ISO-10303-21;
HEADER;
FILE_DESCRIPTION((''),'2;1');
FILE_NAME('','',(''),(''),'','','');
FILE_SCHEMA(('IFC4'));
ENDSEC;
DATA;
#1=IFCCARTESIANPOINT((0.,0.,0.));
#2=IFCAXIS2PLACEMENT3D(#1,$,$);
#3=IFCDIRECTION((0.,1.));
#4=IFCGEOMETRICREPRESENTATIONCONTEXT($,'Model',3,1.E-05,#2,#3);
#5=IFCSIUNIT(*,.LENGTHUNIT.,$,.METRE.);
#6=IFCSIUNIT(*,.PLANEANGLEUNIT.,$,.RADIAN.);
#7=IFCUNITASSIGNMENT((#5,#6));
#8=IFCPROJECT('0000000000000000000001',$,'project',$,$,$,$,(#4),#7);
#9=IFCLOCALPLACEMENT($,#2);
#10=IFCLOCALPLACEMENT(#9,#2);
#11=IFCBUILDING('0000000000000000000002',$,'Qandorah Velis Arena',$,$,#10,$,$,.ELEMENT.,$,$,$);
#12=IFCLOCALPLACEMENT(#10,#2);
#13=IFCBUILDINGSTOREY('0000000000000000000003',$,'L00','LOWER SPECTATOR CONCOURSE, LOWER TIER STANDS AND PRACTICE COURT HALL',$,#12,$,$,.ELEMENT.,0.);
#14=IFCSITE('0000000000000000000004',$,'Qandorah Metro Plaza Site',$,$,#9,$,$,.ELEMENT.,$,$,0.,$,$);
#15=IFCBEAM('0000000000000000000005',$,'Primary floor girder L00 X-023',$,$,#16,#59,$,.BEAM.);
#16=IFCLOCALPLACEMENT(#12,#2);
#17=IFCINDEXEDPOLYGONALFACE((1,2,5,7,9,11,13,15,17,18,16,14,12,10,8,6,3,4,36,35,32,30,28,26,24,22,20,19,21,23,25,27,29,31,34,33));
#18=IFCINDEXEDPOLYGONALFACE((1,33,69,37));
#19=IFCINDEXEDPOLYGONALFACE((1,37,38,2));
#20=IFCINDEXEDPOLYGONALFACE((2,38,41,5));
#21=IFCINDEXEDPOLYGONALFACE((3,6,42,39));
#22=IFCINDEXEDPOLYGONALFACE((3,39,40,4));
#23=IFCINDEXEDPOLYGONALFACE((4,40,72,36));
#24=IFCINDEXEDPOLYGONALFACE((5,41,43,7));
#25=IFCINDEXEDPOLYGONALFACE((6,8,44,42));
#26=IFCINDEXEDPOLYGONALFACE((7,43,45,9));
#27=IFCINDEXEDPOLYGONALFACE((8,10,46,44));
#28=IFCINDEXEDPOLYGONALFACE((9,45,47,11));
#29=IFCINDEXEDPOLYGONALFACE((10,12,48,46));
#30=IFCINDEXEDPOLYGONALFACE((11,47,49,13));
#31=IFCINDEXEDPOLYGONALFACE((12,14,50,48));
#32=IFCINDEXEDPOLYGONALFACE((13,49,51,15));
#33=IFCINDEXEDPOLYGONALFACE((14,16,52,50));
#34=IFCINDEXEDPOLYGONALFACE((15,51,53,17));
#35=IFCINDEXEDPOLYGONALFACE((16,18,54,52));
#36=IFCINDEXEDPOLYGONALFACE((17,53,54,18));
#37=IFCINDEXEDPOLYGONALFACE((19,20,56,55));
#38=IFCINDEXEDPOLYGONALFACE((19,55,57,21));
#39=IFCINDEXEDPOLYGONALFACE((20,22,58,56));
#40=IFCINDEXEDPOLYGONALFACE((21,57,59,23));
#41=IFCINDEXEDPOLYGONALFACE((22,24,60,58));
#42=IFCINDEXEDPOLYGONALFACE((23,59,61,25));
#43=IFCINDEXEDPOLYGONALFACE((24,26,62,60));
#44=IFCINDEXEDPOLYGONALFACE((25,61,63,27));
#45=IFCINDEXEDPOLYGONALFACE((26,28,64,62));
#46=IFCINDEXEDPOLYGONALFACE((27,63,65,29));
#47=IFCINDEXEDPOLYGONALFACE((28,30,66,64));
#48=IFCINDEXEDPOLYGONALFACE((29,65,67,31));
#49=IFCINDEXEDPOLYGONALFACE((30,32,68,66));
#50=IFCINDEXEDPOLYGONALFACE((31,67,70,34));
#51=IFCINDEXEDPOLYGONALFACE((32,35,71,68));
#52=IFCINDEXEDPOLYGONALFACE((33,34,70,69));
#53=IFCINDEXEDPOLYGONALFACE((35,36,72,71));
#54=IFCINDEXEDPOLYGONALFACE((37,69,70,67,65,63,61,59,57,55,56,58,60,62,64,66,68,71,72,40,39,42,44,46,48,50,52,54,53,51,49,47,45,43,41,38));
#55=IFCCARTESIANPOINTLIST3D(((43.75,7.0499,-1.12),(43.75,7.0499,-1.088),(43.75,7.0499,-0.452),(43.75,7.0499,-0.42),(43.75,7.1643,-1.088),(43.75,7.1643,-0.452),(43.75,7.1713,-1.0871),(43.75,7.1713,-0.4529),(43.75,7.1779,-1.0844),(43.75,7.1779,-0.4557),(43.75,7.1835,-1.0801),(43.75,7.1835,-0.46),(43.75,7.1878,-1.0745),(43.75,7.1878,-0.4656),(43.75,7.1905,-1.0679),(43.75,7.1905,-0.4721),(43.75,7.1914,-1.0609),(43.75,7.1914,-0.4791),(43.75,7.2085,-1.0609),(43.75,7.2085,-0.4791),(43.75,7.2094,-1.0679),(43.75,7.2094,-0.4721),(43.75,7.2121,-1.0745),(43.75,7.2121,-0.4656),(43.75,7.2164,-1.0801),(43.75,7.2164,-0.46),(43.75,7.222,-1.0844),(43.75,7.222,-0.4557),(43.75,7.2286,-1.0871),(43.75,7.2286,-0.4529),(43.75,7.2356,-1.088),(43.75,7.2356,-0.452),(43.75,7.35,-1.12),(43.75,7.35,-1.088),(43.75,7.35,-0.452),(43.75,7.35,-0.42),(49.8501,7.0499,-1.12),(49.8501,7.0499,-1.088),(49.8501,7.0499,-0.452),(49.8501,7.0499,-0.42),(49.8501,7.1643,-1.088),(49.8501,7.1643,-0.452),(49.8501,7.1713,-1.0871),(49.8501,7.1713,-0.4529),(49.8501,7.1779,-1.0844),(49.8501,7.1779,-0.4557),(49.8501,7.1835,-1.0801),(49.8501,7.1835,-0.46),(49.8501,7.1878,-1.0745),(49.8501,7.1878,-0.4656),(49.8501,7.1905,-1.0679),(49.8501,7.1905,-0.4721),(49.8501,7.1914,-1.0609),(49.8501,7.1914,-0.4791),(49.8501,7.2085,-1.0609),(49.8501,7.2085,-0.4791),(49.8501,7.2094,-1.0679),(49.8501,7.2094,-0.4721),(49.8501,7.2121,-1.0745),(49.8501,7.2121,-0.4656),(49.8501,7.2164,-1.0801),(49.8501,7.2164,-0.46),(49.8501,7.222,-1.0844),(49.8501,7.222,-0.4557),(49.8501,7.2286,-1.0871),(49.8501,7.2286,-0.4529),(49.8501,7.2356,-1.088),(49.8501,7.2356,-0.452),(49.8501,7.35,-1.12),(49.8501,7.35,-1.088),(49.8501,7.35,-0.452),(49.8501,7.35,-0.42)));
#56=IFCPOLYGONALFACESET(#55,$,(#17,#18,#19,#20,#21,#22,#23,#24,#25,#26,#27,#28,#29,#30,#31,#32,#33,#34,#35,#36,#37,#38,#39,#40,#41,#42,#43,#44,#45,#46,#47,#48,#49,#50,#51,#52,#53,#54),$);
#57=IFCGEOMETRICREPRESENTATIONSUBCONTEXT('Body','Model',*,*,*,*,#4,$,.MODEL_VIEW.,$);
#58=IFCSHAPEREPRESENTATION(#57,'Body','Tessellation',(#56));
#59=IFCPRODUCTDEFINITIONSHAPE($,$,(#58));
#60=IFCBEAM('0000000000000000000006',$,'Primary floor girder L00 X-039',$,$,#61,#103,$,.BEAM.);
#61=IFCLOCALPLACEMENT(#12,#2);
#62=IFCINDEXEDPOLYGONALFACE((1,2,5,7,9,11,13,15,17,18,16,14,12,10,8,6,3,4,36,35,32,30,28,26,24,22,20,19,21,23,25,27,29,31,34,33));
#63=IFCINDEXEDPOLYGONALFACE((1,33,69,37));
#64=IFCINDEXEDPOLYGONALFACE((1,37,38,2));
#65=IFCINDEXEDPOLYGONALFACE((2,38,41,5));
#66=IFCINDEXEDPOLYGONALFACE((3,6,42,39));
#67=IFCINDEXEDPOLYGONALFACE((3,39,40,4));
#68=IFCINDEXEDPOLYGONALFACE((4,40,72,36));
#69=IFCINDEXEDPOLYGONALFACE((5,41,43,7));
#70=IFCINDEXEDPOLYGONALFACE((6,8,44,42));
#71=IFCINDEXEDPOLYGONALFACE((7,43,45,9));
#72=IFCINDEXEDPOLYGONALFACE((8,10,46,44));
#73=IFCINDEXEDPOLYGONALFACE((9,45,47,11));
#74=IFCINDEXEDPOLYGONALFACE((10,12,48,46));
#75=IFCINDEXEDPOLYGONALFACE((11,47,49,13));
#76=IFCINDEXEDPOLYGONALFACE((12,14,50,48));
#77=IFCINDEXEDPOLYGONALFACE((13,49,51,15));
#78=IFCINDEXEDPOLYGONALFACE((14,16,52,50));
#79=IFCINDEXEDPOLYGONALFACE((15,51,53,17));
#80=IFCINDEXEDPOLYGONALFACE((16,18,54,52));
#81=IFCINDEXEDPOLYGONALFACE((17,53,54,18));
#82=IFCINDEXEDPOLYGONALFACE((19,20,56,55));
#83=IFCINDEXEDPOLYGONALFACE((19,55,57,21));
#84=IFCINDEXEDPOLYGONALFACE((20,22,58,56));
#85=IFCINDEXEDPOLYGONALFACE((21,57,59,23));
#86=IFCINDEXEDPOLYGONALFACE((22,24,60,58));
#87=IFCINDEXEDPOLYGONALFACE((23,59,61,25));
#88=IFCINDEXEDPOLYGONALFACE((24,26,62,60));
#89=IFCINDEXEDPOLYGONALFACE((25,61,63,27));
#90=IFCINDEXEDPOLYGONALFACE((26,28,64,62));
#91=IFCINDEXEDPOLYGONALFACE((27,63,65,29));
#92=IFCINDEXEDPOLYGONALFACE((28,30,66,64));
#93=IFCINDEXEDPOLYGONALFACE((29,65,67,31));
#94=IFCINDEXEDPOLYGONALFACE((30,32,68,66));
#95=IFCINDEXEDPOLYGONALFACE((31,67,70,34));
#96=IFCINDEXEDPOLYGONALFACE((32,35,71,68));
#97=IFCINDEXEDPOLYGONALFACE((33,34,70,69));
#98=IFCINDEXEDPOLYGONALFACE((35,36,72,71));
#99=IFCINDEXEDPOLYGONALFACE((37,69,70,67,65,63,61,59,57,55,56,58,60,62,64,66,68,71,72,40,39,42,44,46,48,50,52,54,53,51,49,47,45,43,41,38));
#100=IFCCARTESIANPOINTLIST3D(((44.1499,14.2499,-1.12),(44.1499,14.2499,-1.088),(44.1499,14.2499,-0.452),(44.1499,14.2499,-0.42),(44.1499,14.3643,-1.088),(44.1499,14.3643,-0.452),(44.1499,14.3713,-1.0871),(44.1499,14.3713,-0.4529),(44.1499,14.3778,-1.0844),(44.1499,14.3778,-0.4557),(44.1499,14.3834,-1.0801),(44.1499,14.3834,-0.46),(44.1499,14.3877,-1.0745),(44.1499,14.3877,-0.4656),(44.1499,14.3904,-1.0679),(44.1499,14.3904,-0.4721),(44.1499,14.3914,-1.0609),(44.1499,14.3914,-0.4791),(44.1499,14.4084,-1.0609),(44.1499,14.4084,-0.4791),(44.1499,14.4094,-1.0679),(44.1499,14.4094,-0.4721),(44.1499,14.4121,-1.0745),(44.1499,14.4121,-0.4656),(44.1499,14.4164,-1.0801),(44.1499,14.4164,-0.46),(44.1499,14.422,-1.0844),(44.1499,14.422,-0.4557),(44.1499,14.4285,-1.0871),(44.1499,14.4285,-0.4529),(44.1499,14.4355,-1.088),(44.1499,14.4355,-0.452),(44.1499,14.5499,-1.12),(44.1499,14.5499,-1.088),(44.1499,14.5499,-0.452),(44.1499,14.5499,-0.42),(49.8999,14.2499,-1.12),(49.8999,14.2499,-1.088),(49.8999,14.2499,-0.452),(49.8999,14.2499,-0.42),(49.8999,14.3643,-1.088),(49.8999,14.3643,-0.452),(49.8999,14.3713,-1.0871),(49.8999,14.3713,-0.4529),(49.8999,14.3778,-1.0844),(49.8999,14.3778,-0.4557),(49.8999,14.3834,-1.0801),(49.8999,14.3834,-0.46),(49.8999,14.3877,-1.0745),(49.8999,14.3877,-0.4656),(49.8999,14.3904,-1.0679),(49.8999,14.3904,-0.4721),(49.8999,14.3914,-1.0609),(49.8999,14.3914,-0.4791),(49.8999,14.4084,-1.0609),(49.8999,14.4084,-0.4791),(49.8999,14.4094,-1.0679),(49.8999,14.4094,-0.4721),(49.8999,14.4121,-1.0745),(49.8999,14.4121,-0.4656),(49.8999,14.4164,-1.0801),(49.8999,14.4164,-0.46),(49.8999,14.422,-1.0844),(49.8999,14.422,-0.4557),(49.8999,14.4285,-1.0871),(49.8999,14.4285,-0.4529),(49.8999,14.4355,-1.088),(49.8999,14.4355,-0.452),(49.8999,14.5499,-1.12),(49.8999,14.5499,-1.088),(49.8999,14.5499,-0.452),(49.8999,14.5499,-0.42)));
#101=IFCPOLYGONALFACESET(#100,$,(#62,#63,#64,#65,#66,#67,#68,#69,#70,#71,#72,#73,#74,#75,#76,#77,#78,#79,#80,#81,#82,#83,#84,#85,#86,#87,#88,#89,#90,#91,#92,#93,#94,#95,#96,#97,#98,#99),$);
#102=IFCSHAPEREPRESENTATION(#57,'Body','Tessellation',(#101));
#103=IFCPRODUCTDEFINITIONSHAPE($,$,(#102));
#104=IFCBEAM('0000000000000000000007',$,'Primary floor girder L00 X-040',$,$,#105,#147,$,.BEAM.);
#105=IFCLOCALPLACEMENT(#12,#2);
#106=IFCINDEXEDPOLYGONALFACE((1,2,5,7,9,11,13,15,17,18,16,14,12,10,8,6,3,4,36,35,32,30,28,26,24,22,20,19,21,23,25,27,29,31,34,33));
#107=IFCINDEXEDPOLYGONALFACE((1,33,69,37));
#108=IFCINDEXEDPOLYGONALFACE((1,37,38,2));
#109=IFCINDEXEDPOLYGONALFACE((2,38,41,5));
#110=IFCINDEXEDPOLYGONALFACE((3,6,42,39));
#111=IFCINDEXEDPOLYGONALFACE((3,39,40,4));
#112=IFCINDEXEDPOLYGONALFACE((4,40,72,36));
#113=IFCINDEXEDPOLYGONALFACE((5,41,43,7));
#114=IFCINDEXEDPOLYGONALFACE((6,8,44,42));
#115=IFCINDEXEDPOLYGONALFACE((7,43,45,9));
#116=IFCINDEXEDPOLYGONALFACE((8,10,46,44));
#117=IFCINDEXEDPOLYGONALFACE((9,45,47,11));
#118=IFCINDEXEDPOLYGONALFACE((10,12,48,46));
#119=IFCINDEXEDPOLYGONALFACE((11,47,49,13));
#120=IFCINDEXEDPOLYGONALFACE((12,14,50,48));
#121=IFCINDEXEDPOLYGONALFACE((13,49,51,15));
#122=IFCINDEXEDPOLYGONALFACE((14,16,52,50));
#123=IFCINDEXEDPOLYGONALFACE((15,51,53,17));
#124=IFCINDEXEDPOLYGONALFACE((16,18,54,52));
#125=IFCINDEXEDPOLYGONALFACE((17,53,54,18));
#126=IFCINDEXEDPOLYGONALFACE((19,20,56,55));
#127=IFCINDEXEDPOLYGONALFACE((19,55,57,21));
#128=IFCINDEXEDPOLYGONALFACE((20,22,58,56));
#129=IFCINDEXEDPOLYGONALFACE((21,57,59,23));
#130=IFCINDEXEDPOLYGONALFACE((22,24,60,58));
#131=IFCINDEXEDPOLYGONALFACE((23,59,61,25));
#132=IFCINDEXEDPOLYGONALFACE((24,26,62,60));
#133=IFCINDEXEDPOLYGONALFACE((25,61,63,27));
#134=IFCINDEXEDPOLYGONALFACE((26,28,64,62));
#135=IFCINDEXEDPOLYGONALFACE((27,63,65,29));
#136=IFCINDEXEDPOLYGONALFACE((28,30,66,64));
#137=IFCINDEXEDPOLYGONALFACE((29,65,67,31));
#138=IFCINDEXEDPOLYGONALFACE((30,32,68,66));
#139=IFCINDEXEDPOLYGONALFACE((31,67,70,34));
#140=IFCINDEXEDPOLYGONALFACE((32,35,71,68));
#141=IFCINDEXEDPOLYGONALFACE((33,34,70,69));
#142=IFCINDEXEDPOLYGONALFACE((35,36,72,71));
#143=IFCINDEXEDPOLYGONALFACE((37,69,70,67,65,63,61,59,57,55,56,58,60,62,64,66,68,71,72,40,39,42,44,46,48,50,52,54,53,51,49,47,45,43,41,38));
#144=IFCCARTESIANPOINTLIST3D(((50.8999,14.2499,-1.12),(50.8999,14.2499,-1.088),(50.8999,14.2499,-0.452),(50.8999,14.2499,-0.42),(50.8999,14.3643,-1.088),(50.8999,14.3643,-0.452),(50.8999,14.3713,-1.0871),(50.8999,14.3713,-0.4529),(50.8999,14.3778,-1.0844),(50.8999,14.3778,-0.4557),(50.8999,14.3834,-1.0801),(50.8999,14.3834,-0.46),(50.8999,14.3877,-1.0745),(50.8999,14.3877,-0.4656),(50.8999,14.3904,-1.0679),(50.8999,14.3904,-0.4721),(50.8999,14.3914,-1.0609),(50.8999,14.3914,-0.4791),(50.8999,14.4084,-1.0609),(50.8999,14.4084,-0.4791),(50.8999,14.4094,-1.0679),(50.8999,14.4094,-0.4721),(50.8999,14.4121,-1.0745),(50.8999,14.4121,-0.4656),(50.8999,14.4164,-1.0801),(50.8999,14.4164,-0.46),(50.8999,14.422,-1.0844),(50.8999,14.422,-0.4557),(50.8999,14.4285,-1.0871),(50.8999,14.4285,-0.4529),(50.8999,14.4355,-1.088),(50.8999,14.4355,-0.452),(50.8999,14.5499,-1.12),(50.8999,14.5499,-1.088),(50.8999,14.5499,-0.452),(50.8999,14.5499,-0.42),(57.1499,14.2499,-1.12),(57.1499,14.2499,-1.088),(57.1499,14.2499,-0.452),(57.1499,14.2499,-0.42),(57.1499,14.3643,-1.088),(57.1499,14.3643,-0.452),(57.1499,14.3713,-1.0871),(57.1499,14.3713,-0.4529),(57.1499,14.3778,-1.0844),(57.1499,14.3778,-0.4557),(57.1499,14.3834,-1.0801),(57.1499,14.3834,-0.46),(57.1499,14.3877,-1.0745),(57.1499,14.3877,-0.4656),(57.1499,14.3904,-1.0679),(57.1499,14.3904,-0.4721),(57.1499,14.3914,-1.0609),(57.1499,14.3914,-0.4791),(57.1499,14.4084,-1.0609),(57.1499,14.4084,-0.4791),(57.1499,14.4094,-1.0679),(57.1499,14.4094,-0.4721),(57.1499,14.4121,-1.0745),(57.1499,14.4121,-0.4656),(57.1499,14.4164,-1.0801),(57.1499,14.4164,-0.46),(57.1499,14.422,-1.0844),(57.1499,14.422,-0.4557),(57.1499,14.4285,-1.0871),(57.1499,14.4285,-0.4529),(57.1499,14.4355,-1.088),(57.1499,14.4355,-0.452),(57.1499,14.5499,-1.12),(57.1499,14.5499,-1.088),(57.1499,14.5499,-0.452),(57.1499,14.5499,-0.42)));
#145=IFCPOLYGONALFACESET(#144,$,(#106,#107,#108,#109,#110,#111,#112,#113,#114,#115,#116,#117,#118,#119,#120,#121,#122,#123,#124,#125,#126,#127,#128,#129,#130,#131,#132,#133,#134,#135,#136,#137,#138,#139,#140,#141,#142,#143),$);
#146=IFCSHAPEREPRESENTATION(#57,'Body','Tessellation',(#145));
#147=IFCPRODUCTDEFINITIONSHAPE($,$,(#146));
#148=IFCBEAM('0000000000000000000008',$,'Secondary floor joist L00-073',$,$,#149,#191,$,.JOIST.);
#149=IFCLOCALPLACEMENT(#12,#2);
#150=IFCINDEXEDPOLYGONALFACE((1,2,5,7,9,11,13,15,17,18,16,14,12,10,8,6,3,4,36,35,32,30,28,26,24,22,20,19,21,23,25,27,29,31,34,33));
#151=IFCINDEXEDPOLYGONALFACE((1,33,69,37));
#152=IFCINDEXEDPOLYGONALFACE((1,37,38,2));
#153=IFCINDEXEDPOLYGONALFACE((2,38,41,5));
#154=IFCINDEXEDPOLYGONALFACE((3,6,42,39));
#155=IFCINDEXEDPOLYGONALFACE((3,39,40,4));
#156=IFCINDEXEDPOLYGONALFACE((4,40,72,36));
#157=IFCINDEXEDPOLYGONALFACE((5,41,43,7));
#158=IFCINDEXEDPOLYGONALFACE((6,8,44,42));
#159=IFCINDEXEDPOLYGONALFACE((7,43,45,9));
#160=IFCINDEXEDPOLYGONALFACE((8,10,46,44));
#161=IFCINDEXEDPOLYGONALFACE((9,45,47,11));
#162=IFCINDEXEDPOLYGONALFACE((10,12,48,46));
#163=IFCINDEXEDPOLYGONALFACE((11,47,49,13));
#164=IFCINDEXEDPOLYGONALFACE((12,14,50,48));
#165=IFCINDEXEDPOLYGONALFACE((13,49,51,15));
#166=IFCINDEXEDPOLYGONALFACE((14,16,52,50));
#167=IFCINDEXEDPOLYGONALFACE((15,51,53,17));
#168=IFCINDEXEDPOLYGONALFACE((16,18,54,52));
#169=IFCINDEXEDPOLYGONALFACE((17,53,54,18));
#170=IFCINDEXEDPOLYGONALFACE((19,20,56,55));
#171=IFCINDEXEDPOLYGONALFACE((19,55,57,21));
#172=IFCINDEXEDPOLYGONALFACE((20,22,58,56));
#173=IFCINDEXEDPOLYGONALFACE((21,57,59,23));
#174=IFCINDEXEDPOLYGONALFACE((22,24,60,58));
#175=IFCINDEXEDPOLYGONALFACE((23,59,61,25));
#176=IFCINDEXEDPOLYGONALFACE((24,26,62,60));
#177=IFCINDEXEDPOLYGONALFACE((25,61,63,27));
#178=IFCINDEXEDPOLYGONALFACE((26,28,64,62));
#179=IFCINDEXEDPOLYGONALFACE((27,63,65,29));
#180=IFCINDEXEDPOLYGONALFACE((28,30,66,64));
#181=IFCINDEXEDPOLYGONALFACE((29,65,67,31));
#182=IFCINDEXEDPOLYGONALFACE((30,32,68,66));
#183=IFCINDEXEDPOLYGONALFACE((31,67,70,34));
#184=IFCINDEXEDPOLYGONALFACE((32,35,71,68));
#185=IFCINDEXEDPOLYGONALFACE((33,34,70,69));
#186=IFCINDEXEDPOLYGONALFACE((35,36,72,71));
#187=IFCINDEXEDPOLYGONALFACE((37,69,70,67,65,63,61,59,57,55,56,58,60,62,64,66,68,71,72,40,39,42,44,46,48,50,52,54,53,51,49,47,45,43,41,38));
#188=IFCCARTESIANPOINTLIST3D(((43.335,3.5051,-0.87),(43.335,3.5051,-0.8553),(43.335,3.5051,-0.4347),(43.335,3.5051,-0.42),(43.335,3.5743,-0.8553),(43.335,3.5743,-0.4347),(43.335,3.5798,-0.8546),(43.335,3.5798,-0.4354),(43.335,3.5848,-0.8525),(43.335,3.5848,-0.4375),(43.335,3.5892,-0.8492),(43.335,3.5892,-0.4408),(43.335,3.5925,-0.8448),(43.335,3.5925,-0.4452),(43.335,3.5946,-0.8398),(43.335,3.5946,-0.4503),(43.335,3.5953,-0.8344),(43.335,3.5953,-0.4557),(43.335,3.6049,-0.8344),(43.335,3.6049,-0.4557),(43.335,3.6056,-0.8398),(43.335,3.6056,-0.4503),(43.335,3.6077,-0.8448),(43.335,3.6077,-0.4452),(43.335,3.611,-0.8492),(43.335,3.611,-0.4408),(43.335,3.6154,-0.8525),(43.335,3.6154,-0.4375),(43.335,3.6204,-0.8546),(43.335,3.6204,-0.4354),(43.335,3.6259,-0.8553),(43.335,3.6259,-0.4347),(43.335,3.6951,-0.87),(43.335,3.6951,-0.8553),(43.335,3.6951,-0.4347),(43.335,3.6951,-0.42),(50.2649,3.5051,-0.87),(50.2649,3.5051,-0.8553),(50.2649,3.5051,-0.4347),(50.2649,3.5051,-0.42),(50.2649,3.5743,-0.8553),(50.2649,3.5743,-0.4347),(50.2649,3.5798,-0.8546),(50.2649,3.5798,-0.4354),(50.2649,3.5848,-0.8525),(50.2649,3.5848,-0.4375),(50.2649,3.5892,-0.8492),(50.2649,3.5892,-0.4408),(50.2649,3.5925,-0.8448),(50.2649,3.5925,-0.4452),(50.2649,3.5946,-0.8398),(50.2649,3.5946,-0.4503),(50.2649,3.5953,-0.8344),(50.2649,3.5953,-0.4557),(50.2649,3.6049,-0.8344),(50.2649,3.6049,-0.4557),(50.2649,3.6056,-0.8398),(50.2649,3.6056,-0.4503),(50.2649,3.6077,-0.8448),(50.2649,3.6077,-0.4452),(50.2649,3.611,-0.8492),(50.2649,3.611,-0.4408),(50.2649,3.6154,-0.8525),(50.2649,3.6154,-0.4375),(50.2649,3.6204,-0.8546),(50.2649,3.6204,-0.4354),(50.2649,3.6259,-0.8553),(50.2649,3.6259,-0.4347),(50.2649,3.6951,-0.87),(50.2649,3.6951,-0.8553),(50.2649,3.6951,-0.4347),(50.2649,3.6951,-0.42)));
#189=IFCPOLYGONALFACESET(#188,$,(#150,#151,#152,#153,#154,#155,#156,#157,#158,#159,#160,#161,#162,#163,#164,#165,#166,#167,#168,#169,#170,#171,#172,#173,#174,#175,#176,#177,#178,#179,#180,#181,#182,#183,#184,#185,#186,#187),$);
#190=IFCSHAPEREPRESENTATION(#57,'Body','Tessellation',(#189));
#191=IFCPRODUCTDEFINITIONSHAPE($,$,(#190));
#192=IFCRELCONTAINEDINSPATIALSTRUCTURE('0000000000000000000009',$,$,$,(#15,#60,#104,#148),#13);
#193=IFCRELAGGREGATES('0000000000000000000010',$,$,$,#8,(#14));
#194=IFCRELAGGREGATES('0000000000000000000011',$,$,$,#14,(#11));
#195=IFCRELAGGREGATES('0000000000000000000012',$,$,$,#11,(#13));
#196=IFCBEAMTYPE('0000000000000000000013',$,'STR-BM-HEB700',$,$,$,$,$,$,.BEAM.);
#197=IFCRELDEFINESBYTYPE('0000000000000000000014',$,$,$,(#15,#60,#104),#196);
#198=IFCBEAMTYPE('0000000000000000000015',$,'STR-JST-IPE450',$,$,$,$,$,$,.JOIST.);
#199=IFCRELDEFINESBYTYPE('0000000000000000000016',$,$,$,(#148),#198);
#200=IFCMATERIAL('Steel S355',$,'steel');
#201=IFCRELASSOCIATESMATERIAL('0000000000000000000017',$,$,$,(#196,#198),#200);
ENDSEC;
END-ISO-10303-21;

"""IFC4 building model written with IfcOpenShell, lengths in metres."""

from ifc_helpers import new_model, si_unit, direction, frame, origin, origin_2d, place, context, subcontext, project, spatial, i_section, extrude, material, material_profile, profile_set, type_object, element, save


model = new_model("IFC4")

# Units and contexts
model_context = context("Model", 3, precision=1e-05, world=origin(), true_north=direction((0.0, 1.0)))
body_context = subcontext(model_context, "Body", "Model", "MODEL_VIEW")
ifc_project = project(units=[si_unit("LENGTHUNIT", "METRE"), si_unit("PLANEANGLEUNIT", "RADIAN")], contexts=[model_context])

# Site, building, storey
site_placement = place(None, origin())
site = spatial("IfcSite", under=ifc_project, at=site_placement, Name="Qandorah Metro Plaza Site", CompositionType="ELEMENT", RefElevation=0.0)
building_placement = place(site_placement, origin())
building = spatial("IfcBuilding", under=site, at=building_placement, Name="Qandorah Velis Arena", CompositionType="ELEMENT")
storey_placement = place(building_placement, origin())
storey = spatial("IfcBuildingStorey", under=building, at=storey_placement, Name="L00", Description="LOWER SPECTATOR CONCOURSE, LOWER TIER STANDS AND PRACTICE COURT HALL", CompositionType="ELEMENT", Elevation=0.0)

# Beams
ifc_material_1 = material(Name="Steel S355", Category="steel")
ifc_material_profile_1 = material_profile(ifc_material_1, i_section(OverallWidth=0.3, OverallDepth=0.7, WebThickness=0.0171, FlangeThickness=0.032, FilletRadius=0.0271, at=origin_2d()), Name="HEB 700")
ifc_profile_set_1 = profile_set([ifc_material_profile_1], Name="Steel S355")
beam_type_1 = type_object("IfcBeamType", Name="STR-BM-HEB700", PredefinedType="BEAM", material=ifc_profile_set_1)
beam_1_placement = place(storey_placement, frame((43.75, 7.2, -0.77), z_axis=(1.0, 0.0, 0.0), x_axis=(0.0, 1.0, 0.0)))
element("IfcBeam", 1, at=beam_1_placement, inside=storey, type_object=beam_type_1, Name="Primary floor girder L00 X-023", PredefinedType="BEAM", context=body_context, shape_type="SweptSolid", body=[
    extrude(i_section(OverallWidth=0.3, OverallDepth=0.7, WebThickness=0.0171, FlangeThickness=0.032, FilletRadius=0.0271, at=origin_2d()), origin(), (0.0, 0.0, 1.0), 6.1001),
])
beam_2_placement = place(storey_placement, frame((44.1499, 14.3999, -0.77), z_axis=(1.0, 0.0, 0.0), x_axis=(0.0, 1.0, 0.0)))
element("IfcBeam", 2, at=beam_2_placement, inside=storey, type_object=beam_type_1, Name="Primary floor girder L00 X-039", PredefinedType="BEAM", context=body_context, shape_type="SweptSolid", body=[
    extrude(i_section(OverallWidth=0.3, OverallDepth=0.7, WebThickness=0.0171, FlangeThickness=0.032, FilletRadius=0.0271, at=origin_2d()), origin(), (0.0, 0.0, 1.0), 5.75),
])
beam_3_placement = place(storey_placement, frame((50.8999, 14.3999, -0.77), z_axis=(1.0, 0.0, 0.0), x_axis=(0.0, 1.0, 0.0)))
element("IfcBeam", 3, at=beam_3_placement, inside=storey, type_object=beam_type_1, Name="Primary floor girder L00 X-040", PredefinedType="BEAM", context=body_context, shape_type="SweptSolid", body=[
    extrude(i_section(OverallWidth=0.3, OverallDepth=0.7, WebThickness=0.0171, FlangeThickness=0.032, FilletRadius=0.0271, at=origin_2d()), origin(), (0.0, 0.0, 1.0), 6.25),
])
ifc_material_profile_2 = material_profile(ifc_material_1, i_section(OverallWidth=0.1899, OverallDepth=0.45, WebThickness=0.0095, FlangeThickness=0.0146, FilletRadius=0.021, at=origin_2d()), Name="IPE 450")
ifc_profile_set_2 = profile_set([ifc_material_profile_2], Name="Steel S355")
beam_type_2 = type_object("IfcBeamType", Name="STR-JST-IPE450", PredefinedType="JOIST", material=ifc_profile_set_2)
for number, where, z_axis, x_axis, name in (
    (4, (43.335, 3.6001, -0.645), (1.0, 0.0, 0.0), (0.0, 1.0, 0.0), "Secondary floor joist L00-073"),
):
    element("IfcBeam", number, at=place(storey_placement, frame(where, z_axis=z_axis, x_axis=x_axis)), inside=storey, type_object=beam_type_2, Name=name, PredefinedType="JOIST", context=body_context, shape_type="SweptSolid", body=[
        extrude(i_section(OverallWidth=0.1899, OverallDepth=0.45, WebThickness=0.0095, FlangeThickness=0.0146, FilletRadius=0.021, at=origin_2d()), origin(), (0.0, 0.0, 1.0), 6.9299),
    ])

save(model, "model.ifc")
